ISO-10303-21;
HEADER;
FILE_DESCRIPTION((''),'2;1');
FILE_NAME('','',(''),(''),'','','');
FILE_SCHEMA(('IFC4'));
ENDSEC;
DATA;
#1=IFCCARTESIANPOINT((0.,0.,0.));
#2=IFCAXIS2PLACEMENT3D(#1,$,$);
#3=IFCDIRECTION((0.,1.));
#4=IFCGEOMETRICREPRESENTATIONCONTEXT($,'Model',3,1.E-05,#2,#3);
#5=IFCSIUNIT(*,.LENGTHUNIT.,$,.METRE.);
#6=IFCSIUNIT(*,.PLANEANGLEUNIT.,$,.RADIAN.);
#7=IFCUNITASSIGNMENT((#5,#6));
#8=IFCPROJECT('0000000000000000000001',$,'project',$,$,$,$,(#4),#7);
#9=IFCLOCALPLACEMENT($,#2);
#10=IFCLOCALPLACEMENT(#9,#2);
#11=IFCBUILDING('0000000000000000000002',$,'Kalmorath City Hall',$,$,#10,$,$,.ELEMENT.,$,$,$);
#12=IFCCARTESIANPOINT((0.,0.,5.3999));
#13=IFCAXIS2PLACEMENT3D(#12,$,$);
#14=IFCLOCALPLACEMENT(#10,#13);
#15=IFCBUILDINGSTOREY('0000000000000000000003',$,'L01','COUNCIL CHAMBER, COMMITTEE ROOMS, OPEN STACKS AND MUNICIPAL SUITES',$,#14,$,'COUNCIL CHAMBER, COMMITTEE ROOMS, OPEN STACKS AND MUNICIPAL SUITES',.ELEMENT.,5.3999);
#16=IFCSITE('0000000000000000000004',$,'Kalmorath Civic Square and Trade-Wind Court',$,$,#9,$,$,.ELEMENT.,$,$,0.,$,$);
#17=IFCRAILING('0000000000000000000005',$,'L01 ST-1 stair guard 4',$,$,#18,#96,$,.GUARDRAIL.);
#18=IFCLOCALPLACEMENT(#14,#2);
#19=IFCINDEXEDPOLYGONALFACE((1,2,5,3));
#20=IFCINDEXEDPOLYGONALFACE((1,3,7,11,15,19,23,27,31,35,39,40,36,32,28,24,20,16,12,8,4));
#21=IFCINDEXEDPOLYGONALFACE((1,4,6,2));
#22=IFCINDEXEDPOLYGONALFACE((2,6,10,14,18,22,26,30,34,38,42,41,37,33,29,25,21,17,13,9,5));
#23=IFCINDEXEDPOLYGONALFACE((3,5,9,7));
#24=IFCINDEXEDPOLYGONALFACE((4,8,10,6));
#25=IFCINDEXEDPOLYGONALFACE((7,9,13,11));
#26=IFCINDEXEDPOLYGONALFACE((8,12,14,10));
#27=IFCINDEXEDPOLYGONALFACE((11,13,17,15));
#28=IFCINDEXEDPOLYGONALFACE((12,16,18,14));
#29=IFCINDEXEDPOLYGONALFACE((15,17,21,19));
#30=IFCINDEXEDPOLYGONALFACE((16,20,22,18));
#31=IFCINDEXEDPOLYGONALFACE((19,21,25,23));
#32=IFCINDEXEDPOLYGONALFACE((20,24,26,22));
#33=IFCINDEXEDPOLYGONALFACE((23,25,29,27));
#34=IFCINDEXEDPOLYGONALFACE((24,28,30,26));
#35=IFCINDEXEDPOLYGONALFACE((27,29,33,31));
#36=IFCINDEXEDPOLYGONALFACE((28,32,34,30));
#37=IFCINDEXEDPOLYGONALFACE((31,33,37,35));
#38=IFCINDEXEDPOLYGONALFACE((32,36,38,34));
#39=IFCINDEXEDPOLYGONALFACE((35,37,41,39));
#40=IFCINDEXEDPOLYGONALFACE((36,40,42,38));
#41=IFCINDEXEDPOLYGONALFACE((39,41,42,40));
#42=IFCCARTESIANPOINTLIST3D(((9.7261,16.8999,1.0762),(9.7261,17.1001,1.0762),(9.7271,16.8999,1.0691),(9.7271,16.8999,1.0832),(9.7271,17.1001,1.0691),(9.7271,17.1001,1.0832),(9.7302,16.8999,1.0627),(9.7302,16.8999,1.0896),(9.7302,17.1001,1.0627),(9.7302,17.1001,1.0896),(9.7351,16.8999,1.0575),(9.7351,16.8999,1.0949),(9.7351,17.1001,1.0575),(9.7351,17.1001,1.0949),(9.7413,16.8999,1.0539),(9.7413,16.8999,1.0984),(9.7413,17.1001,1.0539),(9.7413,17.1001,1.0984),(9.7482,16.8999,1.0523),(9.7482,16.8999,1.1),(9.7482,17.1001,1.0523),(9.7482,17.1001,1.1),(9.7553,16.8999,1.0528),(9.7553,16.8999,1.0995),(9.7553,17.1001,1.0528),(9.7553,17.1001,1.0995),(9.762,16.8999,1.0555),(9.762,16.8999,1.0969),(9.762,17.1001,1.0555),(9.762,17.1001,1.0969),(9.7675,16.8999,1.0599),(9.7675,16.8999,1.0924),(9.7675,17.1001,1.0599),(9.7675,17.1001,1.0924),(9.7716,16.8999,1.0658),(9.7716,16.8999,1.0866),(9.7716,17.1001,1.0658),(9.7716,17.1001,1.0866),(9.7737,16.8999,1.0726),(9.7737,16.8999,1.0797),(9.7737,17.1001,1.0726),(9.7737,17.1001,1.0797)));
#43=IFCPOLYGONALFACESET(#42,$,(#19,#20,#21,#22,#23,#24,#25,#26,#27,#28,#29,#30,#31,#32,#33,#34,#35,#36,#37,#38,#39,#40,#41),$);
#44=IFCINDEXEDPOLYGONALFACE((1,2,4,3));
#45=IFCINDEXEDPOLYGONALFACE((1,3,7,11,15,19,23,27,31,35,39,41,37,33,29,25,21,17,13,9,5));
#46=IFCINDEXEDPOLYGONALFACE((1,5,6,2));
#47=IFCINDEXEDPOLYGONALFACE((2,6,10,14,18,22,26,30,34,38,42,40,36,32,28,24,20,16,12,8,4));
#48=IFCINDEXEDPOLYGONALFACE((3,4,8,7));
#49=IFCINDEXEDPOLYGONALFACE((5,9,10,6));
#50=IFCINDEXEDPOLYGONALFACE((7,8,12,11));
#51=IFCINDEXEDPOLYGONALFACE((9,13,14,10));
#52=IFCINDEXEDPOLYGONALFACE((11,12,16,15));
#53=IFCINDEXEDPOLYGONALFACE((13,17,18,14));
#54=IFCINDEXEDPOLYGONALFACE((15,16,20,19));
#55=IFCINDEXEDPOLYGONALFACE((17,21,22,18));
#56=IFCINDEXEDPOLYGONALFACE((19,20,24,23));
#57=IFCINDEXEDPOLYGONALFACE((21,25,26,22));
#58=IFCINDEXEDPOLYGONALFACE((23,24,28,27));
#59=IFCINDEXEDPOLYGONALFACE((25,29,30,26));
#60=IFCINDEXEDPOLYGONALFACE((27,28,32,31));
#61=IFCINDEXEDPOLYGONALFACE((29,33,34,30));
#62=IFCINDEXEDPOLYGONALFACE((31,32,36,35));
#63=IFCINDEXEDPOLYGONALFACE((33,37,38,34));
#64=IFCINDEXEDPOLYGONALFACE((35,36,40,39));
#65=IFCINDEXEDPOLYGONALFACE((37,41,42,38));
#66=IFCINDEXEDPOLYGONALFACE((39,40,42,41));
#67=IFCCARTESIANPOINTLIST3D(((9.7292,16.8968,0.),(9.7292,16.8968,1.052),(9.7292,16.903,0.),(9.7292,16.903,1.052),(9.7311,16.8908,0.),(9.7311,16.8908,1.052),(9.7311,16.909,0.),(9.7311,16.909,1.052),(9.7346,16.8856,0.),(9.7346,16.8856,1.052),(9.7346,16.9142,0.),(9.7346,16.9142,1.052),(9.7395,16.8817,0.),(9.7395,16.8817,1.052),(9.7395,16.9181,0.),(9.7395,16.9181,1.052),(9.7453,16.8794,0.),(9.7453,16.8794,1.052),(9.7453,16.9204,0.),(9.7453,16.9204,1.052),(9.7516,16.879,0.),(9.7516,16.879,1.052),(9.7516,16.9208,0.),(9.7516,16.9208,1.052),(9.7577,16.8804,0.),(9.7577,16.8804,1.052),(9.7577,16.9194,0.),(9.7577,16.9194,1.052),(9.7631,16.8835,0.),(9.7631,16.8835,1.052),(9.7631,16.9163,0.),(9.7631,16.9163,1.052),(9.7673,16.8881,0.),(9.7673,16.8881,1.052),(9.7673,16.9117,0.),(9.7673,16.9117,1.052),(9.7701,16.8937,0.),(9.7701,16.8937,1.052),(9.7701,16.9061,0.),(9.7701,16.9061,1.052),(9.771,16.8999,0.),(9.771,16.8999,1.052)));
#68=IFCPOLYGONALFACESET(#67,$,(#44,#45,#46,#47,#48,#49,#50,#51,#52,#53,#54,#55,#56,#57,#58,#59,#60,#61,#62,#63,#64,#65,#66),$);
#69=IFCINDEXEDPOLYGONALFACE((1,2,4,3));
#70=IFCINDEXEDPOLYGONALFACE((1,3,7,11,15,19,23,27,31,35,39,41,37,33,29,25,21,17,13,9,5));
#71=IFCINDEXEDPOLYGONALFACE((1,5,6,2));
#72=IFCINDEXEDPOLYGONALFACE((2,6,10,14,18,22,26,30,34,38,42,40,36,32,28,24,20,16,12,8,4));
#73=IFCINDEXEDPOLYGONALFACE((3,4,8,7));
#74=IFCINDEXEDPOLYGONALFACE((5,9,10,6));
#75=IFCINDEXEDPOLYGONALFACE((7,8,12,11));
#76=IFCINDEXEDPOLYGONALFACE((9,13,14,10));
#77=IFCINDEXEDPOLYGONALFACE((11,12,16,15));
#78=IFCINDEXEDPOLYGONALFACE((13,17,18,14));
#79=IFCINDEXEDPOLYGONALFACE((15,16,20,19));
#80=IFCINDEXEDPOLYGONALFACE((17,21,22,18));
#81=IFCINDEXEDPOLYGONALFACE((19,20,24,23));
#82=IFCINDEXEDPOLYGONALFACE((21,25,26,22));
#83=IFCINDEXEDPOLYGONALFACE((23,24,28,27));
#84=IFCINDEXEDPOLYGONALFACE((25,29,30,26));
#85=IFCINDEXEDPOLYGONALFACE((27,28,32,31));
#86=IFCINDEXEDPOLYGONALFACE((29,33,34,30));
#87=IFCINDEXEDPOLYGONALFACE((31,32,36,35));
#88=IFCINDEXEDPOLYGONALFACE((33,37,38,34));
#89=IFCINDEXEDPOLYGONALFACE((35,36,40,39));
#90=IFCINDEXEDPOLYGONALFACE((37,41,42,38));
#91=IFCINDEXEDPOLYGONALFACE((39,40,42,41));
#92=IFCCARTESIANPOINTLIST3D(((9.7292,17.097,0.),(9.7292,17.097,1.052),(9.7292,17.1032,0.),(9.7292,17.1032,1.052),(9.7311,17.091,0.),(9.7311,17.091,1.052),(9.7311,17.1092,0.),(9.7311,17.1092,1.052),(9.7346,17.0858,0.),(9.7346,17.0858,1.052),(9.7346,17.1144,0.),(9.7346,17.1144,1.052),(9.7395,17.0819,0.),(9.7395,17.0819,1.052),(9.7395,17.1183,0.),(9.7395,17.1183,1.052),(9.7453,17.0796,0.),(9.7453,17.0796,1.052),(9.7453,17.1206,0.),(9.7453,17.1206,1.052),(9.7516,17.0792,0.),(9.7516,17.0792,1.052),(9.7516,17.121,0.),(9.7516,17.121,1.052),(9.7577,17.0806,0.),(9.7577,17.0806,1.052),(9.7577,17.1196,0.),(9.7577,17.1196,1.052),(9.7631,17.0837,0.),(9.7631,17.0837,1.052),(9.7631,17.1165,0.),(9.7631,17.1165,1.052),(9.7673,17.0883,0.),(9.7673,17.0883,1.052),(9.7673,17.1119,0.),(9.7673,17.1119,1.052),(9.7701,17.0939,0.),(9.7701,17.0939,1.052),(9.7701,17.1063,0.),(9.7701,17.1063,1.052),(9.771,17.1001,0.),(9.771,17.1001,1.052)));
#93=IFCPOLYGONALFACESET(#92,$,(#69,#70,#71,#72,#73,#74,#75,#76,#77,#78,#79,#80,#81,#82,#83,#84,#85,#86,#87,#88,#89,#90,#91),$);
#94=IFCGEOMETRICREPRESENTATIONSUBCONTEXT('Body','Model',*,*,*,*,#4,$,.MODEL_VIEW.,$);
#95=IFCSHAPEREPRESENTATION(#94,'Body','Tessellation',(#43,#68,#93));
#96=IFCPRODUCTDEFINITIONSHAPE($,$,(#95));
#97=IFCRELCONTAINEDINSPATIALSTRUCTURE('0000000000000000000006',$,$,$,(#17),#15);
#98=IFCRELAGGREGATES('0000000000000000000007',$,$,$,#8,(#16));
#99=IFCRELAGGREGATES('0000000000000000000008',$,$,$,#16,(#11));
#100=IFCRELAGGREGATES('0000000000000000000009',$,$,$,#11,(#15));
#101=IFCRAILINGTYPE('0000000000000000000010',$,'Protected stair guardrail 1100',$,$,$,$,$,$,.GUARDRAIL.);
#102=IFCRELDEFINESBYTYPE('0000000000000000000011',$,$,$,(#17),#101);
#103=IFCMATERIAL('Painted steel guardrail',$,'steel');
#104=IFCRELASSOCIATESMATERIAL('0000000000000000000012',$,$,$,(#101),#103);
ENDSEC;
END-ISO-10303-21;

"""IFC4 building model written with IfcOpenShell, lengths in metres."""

from ifc_helpers import new_model, si_unit, direction, frame, origin, origin_2d, place, context, subcontext, project, spatial, circle, extrude, material, type_object, element, save


model = new_model("IFC4")

# Units and contexts
model_context = context("Model", 3, precision=1e-05, world=origin(), true_north=direction((0.0, 1.0)))
body_context = subcontext(model_context, "Body", "Model", "MODEL_VIEW")
ifc_project = project(units=[si_unit("LENGTHUNIT", "METRE"), si_unit("PLANEANGLEUNIT", "RADIAN")], contexts=[model_context])

# Site, building, storey
site_placement = place(None, origin())
site = spatial("IfcSite", under=ifc_project, at=site_placement, Name="Kalmorath Civic Square and Trade-Wind Court", CompositionType="ELEMENT", RefElevation=0.0)
building_placement = place(site_placement, origin())
building = spatial("IfcBuilding", under=site, at=building_placement, Name="Kalmorath City Hall", CompositionType="ELEMENT")
storey_placement = place(building_placement, frame((0.0, 0.0, 5.3999)))
storey = spatial("IfcBuildingStorey", under=building, at=storey_placement, Name="L01", Description="COUNCIL CHAMBER, COMMITTEE ROOMS, OPEN STACKS AND MUNICIPAL SUITES", LongName="COUNCIL CHAMBER, COMMITTEE ROOMS, OPEN STACKS AND MUNICIPAL SUITES", CompositionType="ELEMENT", Elevation=5.3999)

# Railing
ifc_material_1 = material(Name="Painted steel guardrail", Category="steel")
railing_type_1 = type_object("IfcRailingType", Name="Protected stair guardrail 1100", PredefinedType="GUARDRAIL", material=ifc_material_1)
railing_1_placement = place(storey_placement, frame((9.75, 16.8999, 0.0)))
element("IfcRailing", 1, at=railing_1_placement, inside=storey, type_object=railing_type_1, Name="L01 ST-1 stair guard 4", PredefinedType="GUARDRAIL", context=body_context, shape_type="SweptSolid", body=[
    extrude(circle(Radius=0.0239, at=origin_2d()), frame((0.0, 0.0, 1.0762), z_axis=(0.0, 1.0, 0.0), x_axis=(-1.0, 0.0, 0.0)), (0.0, 0.0, 1.0), 0.2002),
    extrude(circle(Radius=0.021, at=origin_2d()), origin(), (0.0, 0.0, 1.0), 1.052),
    extrude(circle(Radius=0.021, at=origin_2d()), frame((0.0, 0.2002, 0.0)), (0.0, 0.0, 1.0), 1.052),
])

save(model, "model.ifc")
